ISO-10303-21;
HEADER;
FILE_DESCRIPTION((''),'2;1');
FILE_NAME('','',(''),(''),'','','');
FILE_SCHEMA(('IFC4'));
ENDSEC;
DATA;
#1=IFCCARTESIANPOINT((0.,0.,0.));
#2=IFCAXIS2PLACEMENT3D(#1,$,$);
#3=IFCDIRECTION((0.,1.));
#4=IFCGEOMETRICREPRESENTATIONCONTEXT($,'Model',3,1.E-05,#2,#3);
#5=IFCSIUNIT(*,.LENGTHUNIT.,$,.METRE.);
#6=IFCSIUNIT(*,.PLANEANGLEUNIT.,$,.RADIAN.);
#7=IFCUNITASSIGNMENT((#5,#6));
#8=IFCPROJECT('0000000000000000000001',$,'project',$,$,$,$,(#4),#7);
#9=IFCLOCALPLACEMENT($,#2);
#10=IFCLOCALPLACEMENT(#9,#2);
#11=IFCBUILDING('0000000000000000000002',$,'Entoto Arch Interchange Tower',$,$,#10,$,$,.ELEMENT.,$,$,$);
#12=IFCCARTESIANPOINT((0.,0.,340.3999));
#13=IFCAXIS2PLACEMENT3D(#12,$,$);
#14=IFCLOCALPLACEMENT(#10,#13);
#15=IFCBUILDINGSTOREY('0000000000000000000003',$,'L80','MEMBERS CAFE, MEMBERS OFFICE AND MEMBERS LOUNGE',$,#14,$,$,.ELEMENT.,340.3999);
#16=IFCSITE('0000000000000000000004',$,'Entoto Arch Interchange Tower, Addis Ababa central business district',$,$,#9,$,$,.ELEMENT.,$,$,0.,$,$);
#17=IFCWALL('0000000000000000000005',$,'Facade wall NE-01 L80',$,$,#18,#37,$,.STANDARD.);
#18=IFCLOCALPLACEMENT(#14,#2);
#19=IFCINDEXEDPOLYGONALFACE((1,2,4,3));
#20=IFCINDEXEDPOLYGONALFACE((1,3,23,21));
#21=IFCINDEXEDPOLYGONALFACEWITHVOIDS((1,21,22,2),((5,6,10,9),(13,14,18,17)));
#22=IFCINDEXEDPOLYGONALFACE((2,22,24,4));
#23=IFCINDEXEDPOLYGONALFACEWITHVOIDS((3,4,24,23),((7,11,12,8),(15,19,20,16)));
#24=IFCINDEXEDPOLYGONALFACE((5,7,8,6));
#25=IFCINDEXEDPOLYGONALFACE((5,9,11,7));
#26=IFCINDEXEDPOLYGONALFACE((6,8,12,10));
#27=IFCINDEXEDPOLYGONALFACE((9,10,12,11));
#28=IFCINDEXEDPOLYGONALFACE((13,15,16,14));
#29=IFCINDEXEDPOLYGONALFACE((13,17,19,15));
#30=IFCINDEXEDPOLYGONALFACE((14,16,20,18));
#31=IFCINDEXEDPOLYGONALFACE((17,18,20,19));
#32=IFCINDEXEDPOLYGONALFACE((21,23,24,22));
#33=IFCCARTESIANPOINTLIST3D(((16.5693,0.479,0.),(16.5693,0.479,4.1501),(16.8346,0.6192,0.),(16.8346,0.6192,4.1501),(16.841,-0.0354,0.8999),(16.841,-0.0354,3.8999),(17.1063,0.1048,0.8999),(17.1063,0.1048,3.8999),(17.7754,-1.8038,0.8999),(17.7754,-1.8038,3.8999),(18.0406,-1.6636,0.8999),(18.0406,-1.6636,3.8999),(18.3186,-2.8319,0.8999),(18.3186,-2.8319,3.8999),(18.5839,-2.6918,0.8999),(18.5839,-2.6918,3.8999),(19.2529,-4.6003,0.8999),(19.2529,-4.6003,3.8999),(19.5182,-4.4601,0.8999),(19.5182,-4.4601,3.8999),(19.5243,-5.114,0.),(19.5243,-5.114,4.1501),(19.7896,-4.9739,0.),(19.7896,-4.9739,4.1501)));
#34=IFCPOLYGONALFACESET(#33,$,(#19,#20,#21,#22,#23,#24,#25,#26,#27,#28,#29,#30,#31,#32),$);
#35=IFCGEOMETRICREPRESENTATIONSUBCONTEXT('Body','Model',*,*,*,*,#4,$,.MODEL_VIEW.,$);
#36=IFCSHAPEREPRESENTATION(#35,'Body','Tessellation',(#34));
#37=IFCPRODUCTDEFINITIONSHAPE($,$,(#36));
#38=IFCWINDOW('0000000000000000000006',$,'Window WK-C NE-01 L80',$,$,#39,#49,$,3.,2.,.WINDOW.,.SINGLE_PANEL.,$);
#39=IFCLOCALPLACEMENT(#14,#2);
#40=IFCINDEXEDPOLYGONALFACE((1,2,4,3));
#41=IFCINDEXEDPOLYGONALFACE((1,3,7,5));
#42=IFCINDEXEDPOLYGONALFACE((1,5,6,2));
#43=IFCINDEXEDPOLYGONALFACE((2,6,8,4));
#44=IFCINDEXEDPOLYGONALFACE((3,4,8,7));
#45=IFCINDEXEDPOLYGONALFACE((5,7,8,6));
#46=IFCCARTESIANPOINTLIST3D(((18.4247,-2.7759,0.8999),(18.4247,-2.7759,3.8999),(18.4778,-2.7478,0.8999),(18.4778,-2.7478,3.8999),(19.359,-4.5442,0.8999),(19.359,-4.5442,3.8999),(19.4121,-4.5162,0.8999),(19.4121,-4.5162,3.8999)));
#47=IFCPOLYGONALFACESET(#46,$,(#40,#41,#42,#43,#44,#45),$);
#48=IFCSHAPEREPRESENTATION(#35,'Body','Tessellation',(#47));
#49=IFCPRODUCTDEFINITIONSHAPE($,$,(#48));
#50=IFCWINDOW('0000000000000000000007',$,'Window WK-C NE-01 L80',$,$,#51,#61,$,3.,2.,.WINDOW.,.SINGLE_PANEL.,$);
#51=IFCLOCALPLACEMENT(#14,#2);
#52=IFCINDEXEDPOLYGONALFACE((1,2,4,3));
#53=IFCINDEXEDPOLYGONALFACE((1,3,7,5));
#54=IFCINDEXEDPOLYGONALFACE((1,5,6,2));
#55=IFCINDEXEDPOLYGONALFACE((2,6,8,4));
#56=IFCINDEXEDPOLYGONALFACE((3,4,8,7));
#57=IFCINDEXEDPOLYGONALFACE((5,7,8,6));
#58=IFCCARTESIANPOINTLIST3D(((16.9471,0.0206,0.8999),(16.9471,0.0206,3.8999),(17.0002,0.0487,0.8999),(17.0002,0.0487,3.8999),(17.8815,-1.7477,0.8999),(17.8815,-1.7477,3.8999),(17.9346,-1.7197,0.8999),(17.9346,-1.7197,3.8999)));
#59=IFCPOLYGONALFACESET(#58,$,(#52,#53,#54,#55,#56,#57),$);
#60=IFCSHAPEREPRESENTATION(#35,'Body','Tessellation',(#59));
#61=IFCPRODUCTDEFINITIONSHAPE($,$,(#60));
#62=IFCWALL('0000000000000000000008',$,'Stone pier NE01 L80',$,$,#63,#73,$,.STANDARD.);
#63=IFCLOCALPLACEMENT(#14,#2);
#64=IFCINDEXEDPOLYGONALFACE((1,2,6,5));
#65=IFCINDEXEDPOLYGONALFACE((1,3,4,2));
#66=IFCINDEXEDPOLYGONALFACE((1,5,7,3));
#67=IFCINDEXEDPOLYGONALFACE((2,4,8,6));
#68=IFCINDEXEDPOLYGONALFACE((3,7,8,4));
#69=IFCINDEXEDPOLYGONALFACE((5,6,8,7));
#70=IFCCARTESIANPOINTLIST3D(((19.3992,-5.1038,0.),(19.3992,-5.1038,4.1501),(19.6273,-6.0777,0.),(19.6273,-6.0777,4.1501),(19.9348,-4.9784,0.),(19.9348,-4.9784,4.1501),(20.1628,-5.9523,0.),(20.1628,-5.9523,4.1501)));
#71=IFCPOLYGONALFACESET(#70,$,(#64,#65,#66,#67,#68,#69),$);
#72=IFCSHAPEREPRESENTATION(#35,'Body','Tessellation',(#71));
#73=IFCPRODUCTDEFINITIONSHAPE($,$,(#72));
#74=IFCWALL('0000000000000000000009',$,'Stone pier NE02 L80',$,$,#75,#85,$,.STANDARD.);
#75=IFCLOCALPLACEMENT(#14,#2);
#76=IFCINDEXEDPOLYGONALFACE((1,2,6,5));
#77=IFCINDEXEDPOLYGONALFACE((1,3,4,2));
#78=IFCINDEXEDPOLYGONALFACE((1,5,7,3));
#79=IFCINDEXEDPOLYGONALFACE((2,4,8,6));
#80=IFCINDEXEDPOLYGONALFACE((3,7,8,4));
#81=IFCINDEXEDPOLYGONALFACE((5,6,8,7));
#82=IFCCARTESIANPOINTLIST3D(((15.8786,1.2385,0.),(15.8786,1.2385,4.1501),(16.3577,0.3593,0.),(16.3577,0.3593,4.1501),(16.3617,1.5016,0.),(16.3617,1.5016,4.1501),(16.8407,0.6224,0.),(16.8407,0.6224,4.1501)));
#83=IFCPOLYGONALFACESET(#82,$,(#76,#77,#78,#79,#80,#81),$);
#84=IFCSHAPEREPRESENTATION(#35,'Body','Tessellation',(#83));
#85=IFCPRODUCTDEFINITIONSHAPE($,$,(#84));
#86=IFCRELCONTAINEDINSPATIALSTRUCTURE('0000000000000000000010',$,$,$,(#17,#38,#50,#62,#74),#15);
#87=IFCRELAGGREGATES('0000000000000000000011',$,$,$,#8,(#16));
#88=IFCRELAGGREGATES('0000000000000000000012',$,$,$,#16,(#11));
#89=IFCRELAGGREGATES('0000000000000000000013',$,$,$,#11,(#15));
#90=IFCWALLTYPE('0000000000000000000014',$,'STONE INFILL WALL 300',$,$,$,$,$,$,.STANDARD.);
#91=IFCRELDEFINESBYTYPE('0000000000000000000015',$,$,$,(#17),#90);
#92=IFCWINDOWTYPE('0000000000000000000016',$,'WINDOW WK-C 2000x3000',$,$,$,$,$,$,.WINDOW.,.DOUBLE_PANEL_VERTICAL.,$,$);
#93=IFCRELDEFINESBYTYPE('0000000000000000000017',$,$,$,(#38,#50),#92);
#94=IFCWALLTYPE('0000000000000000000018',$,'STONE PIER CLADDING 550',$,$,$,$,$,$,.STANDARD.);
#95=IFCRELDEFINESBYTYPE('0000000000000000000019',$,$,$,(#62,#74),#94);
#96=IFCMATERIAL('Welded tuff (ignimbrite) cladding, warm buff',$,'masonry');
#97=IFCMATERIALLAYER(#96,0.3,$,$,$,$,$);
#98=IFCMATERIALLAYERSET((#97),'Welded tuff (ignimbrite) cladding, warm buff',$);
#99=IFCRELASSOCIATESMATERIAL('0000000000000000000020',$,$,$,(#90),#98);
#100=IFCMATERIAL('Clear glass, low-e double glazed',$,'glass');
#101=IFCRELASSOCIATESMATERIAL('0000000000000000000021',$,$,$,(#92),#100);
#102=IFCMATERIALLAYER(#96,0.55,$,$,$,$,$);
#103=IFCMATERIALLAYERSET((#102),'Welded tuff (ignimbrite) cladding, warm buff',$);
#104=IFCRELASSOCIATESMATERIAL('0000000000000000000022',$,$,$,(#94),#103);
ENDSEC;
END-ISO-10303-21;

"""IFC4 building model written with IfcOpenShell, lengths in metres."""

from ifc_helpers import new_model, si_unit, direction, frame, frame_2d, origin, place, context, subcontext, project, spatial, rectangle, extrude, material, layer, layer_set, type_object, element, fill, save


model = new_model("IFC4")

# Units and contexts
model_context = context("Model", 3, precision=1e-05, world=origin(), true_north=direction((0.0, 1.0)))
body_context = subcontext(model_context, "Body", "Model", "MODEL_VIEW")
ifc_project = project(units=[si_unit("LENGTHUNIT", "METRE"), si_unit("PLANEANGLEUNIT", "RADIAN")], contexts=[model_context])

# Site, building, storey
site_placement = place(None, origin())
site = spatial("IfcSite", under=ifc_project, at=site_placement, Name="Entoto Arch Interchange Tower, Addis Ababa central business district", CompositionType="ELEMENT", RefElevation=0.0)
building_placement = place(site_placement, origin())
building = spatial("IfcBuilding", under=site, at=building_placement, Name="Entoto Arch Interchange Tower", CompositionType="ELEMENT")
storey_placement = place(building_placement, frame((0.0, 0.0, 340.3999)))
storey = spatial("IfcBuildingStorey", under=building, at=storey_placement, Name="L80", Description="MEMBERS CAFE, MEMBERS OFFICE AND MEMBERS LOUNGE", CompositionType="ELEMENT", Elevation=340.3999)

# Wall, openings, windows
ifc_material_1 = material(Name="Welded tuff (ignimbrite) cladding, warm buff", Category="masonry")
ifc_layer_1 = layer(ifc_material_1, 0.3)
ifc_layer_set_1 = layer_set([ifc_layer_1], Name="Welded tuff (ignimbrite) cladding, warm buff")
wall_type_1 = type_object("IfcWallType", Name="STONE INFILL WALL 300", PredefinedType="STANDARD", material=ifc_layer_set_1)
wall_1_placement = place(storey_placement, frame((19.657, -5.0439, 0.0), z_axis=(0.0, 0.0, 1.0), x_axis=(-0.467155, 0.884175, 0.0)))
wall_1 = element("IfcWall", 1, at=wall_1_placement, inside=storey, type_object=wall_type_1, Name="Facade wall NE-01 L80", PredefinedType="STANDARD", context=body_context, shape_type="SweptSolid", body=[
    extrude(rectangle(XDim=6.3257, YDim=0.3, at=frame_2d((3.1628, 0.0))), origin(), (0.0, 0.0, 1.0), 4.1501),
])
opening_1_placement = place(wall_1_placement, frame((0.5811, 0.0, 0.8999)))
opening_1 = element("IfcOpeningElement", 2, at=opening_1_placement, cuts=wall_1, PredefinedType="OPENING", context=body_context, shape_type="SweptSolid", body=[
    extrude(rectangle(XDim=2.0, YDim=3.0, at=frame_2d((1.0, 1.5))), frame((0.0, 0.1602, 0.0), z_axis=(0.0, -1.0, 0.0), x_axis=(1.0, 0.0, 0.0)), (0.0, 0.0, 1.0), 0.3201),
])
opening_2_placement = place(wall_1_placement, frame((3.7439, 0.0, 0.8999)))
opening_2 = element("IfcOpeningElement", 3, at=opening_2_placement, cuts=wall_1, PredefinedType="OPENING", context=body_context, shape_type="SweptSolid", body=[
    extrude(rectangle(XDim=2.0, YDim=3.0, at=frame_2d((1.0, 1.5))), frame((0.0, 0.1602, 0.0), z_axis=(0.0, -1.0, 0.0), x_axis=(1.0, 0.0, 0.0)), (0.0, 0.0, 1.0), 0.3201),
])
ifc_material_2 = material(Name="Clear glass, low-e double glazed", Category="glass")
window_type = type_object("IfcWindowType", Name="WINDOW WK-C 2000x3000", PartitioningType="DOUBLE_PANEL_VERTICAL", PredefinedType="WINDOW", material=ifc_material_2)
window_1_placement = place(opening_1_placement, origin())
window_1 = element("IfcWindow", 4, at=window_1_placement, inside=storey, type_object=window_type, Name="Window WK-C NE-01 L80", OverallHeight=3.0, OverallWidth=2.0, PartitioningType="SINGLE_PANEL", PredefinedType="WINDOW", context=body_context, shape_type="SweptSolid", body=[
    extrude(rectangle(XDim=2.0, YDim=3.0, at=frame_2d((1.0, 1.5))), frame((0.0, 0.03, 0.0), z_axis=(0.0, -1.0, 0.0), x_axis=(1.0, 0.0, 0.0)), (0.0, 0.0, 1.0), 0.0601),
])
fill(opening_1, window_1)
window_2_placement = place(opening_2_placement, origin())
window_2 = element("IfcWindow", 5, at=window_2_placement, inside=storey, type_object=window_type, Name="Window WK-C NE-01 L80", OverallHeight=3.0, OverallWidth=2.0, PartitioningType="SINGLE_PANEL", PredefinedType="WINDOW", context=body_context, shape_type="SweptSolid", body=[
    extrude(rectangle(XDim=2.0, YDim=3.0, at=frame_2d((1.0, 1.5))), frame((0.0, 0.03, 0.0), z_axis=(0.0, -1.0, 0.0), x_axis=(1.0, 0.0, 0.0)), (0.0, 0.0, 1.0), 0.0601),
])
fill(opening_2, window_2)

# Walls
ifc_layer_2 = layer(ifc_material_1, 0.55)
ifc_layer_set_2 = layer_set([ifc_layer_2], Name="Welded tuff (ignimbrite) cladding, warm buff")
wall_type_2 = type_object("IfcWallType", Name="STONE PIER CLADDING 550", PredefinedType="STANDARD", material=ifc_layer_set_2)
wall_2_placement = place(storey_placement, frame((19.895, -6.0149, 0.0), z_axis=(0.0, 0.0, 1.0), x_axis=(-0.227978, 0.973666, 0.0)))
element("IfcWall", 6, at=wall_2_placement, inside=storey, type_object=wall_type_2, Name="Stone pier NE01 L80", PredefinedType="STANDARD", context=body_context, shape_type="SweptSolid", body=[
    extrude(rectangle(XDim=1.0002, YDim=0.55, at=frame_2d((0.5, 0.0))), origin(), (0.0, 0.0, 1.0), 4.1501),
])
wall_3_placement = place(storey_placement, frame((16.5991, 0.491, 0.0), z_axis=(0.0, 0.0, 1.0), x_axis=(-0.478442, 0.878119, 0.0)))
element("IfcWall", 7, at=wall_3_placement, inside=storey, type_object=wall_type_2, Name="Stone pier NE02 L80", PredefinedType="STANDARD", context=body_context, shape_type="SweptSolid", body=[
    extrude(rectangle(XDim=1.0012, YDim=0.55, at=frame_2d((0.5005, 0.0))), origin(), (0.0, 0.0, 1.0), 4.1501),
])

save(model, "model.ifc")
